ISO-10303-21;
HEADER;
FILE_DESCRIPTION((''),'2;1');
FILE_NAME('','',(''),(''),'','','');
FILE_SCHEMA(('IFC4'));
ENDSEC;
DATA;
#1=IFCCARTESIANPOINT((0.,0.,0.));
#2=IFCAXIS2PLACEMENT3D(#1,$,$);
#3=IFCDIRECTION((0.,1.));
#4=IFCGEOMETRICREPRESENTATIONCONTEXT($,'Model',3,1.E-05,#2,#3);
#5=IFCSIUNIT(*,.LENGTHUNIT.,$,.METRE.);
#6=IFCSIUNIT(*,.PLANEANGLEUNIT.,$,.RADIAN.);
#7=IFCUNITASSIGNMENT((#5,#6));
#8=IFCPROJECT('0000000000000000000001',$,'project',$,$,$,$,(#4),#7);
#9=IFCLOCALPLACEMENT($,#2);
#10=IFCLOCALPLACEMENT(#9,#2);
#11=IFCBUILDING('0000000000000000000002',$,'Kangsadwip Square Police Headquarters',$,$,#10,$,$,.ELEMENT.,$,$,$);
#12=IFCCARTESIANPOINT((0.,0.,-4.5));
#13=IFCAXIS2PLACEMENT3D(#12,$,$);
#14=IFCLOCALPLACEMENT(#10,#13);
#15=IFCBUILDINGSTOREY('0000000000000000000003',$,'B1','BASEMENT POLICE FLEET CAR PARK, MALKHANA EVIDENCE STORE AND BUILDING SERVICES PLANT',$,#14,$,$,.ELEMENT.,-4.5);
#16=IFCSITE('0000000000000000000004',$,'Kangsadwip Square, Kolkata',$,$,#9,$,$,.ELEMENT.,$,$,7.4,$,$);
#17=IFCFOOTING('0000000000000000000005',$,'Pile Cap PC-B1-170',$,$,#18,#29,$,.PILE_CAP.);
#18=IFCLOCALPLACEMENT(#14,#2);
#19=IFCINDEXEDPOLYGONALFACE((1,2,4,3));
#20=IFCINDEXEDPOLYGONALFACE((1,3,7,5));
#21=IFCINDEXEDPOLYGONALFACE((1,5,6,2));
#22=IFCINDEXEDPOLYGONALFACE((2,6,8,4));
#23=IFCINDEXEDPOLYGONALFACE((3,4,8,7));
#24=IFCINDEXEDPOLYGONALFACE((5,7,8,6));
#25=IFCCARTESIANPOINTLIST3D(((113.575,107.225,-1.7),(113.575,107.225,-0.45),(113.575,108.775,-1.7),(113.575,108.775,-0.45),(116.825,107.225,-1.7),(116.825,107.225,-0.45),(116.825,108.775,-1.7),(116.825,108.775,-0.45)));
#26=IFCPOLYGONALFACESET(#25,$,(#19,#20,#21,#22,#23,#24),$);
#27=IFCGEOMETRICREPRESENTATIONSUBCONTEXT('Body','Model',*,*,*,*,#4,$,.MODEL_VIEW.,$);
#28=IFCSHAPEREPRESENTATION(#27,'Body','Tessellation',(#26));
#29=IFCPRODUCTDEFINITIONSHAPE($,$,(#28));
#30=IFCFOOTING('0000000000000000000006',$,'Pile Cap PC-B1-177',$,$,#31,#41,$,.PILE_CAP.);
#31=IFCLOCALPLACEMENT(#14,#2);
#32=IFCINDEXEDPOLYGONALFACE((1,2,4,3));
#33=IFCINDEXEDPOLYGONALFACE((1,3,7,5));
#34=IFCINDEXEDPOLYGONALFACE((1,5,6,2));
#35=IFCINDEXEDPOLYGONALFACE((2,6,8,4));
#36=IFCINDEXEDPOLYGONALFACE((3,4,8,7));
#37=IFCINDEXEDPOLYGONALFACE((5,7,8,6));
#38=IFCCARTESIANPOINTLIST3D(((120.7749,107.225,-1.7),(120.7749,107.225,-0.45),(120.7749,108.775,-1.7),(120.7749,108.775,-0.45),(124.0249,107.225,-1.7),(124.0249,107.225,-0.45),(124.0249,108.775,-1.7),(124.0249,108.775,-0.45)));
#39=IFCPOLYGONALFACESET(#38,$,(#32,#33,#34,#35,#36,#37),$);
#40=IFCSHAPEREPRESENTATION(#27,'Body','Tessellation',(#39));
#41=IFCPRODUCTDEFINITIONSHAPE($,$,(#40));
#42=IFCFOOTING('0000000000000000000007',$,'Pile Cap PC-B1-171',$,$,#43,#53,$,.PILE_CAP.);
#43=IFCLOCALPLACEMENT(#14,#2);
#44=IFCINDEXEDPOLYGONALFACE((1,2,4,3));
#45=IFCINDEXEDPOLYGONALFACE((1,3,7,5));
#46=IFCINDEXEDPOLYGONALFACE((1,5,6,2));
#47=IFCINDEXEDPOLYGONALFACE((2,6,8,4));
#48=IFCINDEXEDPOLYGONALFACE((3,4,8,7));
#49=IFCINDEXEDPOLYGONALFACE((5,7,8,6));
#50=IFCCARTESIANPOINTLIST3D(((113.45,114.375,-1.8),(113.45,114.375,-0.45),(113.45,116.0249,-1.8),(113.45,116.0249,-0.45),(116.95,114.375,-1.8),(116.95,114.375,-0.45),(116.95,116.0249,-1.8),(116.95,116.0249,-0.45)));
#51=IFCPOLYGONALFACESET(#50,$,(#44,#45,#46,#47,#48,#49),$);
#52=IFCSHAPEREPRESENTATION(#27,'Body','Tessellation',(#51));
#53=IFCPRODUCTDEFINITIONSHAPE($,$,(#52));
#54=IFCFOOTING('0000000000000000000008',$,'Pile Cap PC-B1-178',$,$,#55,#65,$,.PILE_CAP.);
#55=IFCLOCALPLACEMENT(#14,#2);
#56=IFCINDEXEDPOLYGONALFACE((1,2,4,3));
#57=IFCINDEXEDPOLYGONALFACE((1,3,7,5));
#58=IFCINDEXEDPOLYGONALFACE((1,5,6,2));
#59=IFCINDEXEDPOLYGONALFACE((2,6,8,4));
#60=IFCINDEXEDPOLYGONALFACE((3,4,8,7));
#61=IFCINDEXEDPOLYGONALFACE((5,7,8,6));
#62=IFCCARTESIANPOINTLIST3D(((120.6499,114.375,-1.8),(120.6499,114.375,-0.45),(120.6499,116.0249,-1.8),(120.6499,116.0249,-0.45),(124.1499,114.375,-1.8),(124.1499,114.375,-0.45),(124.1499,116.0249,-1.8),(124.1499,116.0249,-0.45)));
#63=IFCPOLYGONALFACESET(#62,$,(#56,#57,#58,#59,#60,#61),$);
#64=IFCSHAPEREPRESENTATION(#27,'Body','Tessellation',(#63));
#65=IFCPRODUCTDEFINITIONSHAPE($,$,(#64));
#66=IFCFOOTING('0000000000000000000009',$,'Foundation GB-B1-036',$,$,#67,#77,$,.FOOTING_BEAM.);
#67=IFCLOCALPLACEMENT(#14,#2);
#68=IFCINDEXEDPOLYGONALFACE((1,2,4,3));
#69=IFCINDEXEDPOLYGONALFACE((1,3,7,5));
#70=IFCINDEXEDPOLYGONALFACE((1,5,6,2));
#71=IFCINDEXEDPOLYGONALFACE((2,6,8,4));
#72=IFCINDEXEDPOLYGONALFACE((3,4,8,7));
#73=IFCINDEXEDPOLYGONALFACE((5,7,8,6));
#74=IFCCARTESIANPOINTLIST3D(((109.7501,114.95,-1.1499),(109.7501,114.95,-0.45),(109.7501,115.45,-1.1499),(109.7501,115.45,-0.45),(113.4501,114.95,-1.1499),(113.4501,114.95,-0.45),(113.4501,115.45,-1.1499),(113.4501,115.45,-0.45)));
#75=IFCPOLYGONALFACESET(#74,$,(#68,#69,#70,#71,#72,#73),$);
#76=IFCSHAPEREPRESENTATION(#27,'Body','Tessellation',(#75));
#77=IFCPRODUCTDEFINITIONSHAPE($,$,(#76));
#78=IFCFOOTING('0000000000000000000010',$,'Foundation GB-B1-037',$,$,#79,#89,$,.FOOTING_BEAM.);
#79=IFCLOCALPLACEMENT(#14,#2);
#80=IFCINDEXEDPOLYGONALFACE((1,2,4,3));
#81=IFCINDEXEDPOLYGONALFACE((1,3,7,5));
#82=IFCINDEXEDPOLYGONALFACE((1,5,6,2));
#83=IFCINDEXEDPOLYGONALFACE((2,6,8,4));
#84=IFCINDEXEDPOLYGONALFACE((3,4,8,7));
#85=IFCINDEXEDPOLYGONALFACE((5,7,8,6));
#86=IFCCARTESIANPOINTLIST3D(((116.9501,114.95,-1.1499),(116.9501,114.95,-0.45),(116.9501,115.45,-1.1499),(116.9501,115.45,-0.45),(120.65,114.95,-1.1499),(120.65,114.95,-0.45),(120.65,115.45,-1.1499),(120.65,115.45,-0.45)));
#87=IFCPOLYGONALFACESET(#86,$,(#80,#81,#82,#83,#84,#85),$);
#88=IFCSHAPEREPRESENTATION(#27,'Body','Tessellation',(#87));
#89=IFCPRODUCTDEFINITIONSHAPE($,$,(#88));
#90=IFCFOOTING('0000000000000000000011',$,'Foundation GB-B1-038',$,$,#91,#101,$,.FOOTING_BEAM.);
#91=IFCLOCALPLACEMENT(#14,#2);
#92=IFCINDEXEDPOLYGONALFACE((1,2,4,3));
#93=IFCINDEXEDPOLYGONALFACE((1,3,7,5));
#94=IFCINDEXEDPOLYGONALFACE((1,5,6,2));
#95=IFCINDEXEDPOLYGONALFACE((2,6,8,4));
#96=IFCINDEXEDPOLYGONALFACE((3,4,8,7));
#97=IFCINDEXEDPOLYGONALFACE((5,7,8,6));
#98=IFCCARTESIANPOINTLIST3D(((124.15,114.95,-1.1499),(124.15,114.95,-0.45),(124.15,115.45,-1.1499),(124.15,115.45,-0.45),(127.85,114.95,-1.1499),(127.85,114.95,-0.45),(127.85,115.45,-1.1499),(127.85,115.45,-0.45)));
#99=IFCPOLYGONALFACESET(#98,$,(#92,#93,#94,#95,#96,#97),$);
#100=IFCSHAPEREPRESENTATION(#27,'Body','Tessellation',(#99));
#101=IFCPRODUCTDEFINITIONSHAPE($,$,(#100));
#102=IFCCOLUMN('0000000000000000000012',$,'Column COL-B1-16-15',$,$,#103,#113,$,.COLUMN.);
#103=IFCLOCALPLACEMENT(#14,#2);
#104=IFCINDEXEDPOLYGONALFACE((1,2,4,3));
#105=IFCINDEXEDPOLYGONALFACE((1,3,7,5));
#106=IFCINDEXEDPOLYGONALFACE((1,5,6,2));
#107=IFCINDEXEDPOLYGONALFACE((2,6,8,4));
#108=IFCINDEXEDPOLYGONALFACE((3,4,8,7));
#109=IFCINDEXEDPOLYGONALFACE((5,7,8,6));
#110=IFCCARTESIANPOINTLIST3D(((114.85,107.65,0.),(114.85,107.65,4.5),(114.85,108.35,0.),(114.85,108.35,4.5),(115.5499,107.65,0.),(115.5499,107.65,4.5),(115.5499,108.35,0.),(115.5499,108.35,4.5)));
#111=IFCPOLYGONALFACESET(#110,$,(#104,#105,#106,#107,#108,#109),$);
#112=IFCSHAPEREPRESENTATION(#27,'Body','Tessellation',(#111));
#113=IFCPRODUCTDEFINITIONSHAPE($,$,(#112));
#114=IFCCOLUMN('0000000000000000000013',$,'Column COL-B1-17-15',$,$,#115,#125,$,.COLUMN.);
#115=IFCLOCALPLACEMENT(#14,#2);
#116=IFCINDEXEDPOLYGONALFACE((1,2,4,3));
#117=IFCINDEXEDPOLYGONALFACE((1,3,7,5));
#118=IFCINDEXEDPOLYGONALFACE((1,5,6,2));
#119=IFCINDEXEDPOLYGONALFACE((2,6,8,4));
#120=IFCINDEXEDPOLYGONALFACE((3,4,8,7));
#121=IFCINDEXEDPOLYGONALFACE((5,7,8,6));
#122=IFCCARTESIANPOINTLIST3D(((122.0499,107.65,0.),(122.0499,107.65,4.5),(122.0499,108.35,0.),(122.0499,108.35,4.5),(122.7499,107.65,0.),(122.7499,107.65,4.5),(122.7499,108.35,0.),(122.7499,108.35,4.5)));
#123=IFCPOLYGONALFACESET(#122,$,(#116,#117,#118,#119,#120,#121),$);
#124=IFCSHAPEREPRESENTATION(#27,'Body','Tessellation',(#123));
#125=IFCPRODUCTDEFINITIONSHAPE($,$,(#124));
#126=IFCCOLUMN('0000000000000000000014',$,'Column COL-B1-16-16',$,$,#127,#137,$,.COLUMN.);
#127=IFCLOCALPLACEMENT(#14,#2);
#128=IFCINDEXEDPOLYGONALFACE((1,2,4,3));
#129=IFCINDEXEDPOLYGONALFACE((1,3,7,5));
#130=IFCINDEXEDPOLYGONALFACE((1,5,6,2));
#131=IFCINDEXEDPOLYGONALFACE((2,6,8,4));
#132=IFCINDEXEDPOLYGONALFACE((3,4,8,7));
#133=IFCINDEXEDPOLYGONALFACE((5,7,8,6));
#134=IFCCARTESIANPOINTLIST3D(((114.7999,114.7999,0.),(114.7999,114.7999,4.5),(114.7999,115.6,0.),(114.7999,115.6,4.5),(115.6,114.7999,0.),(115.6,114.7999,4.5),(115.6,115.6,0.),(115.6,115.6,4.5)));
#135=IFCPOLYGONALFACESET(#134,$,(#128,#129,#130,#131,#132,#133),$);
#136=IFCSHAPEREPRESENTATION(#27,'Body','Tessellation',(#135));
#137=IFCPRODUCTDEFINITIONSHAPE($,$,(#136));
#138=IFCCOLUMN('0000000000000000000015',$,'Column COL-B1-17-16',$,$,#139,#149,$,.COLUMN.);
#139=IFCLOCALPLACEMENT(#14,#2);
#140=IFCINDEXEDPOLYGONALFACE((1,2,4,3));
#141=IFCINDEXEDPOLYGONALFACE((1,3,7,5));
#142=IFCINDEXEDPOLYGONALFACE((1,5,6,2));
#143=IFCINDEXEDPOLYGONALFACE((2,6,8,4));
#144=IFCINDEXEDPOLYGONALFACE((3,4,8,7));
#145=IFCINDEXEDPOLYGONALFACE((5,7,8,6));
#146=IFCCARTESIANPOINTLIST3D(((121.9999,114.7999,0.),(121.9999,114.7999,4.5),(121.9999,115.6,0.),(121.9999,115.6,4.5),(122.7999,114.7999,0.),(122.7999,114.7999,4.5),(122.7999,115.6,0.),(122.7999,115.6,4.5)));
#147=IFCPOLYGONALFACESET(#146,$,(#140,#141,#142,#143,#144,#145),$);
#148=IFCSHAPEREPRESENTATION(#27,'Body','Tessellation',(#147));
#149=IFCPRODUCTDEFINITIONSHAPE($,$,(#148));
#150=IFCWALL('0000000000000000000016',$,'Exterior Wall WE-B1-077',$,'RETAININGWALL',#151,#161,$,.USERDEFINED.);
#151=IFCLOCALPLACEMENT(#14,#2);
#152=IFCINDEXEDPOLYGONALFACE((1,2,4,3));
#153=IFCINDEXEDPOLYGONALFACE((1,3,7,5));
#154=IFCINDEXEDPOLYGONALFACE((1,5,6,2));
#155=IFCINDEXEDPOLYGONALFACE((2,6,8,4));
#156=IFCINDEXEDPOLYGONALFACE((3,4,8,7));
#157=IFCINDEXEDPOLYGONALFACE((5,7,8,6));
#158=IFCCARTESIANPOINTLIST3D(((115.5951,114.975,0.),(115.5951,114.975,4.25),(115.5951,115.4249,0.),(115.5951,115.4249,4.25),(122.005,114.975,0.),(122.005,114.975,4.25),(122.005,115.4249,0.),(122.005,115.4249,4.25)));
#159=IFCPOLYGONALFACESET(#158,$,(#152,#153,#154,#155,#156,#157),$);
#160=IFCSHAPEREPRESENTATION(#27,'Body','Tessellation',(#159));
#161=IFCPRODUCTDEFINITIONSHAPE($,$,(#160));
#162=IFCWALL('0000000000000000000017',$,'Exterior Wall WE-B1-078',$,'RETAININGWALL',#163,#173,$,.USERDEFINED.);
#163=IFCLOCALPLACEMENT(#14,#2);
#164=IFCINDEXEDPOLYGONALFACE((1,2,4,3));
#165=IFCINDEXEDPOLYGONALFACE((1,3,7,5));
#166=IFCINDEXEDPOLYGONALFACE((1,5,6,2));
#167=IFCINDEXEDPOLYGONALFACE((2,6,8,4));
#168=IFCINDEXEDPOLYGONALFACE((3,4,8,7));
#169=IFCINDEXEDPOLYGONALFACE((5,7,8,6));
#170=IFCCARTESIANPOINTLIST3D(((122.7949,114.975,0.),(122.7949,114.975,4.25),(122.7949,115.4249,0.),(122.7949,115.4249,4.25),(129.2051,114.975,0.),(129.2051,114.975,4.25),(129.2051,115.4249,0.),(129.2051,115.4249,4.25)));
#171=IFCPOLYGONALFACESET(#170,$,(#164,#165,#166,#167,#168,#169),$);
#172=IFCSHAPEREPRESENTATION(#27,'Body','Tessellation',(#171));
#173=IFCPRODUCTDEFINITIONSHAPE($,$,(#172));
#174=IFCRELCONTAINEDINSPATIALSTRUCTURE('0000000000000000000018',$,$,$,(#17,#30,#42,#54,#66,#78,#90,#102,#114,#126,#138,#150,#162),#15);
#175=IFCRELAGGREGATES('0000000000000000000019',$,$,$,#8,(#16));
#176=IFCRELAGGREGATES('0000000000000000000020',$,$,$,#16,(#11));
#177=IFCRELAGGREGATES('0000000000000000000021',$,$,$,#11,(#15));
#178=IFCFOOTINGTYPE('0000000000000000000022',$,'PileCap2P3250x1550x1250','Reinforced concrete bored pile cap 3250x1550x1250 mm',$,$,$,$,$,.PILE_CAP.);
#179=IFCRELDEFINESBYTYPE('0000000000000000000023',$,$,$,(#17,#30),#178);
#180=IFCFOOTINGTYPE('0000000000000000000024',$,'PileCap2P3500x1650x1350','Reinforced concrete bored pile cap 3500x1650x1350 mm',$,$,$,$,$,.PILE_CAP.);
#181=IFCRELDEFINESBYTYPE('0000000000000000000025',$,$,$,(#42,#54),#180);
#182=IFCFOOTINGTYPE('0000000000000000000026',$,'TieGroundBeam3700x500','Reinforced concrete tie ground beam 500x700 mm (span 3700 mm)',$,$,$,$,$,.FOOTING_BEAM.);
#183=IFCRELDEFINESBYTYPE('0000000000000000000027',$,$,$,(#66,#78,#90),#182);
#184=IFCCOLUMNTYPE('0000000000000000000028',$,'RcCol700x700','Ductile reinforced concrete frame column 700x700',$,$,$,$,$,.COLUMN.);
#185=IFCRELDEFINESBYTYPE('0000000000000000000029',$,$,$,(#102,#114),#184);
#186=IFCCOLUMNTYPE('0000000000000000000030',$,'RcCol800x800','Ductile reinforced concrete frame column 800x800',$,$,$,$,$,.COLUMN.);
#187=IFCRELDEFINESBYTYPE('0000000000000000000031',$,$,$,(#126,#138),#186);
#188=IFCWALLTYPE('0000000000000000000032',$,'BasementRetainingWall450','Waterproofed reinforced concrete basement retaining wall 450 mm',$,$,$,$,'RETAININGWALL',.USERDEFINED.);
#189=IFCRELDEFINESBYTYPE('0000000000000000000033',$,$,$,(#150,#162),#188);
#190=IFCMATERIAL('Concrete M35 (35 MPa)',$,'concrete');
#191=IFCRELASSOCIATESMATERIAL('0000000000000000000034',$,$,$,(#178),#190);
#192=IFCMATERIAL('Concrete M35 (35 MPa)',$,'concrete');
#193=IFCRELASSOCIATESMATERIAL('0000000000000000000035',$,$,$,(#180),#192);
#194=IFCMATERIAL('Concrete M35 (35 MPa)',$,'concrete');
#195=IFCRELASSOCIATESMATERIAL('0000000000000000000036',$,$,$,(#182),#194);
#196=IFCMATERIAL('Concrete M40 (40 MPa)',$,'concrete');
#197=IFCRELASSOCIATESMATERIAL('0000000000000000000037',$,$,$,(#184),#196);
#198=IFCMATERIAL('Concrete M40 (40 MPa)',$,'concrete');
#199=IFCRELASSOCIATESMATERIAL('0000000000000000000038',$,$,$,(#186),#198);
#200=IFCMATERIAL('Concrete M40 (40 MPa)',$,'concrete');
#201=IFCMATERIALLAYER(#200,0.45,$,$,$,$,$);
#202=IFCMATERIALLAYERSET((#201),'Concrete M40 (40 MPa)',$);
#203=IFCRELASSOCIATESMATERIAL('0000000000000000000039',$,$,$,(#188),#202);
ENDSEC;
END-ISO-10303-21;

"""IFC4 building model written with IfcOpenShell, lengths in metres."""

from ifc_helpers import new_model, si_unit, direction, frame, frame_2d, origin, origin_2d, place, context, subcontext, project, spatial, rectangle, extrude, material, layer, layer_set, material_profile, profile_set, type_object, element, save


model = new_model("IFC4")

# Units and contexts
model_context = context("Model", 3, precision=1e-05, world=origin(), true_north=direction((0.0, 1.0)))
body_context = subcontext(model_context, "Body", "Model", "MODEL_VIEW")
ifc_project = project(units=[si_unit("LENGTHUNIT", "METRE"), si_unit("PLANEANGLEUNIT", "RADIAN")], contexts=[model_context])

# Site, building, storey
site_placement = place(None, origin())
site = spatial("IfcSite", under=ifc_project, at=site_placement, Name="Kangsadwip Square, Kolkata", CompositionType="ELEMENT", RefElevation=7.4)
building_placement = place(site_placement, origin())
building = spatial("IfcBuilding", under=site, at=building_placement, Name="Kangsadwip Square Police Headquarters", CompositionType="ELEMENT")
storey_placement = place(building_placement, frame((0.0, 0.0, -4.5)))
storey = spatial("IfcBuildingStorey", under=building, at=storey_placement, Name="B1", Description="BASEMENT POLICE FLEET CAR PARK, MALKHANA EVIDENCE STORE AND BUILDING SERVICES PLANT", CompositionType="ELEMENT", Elevation=-4.5)

# Footings
ifc_material_1 = material(Name="Concrete M35 (35 MPa)", Category="concrete")
footing_type_1 = type_object("IfcFootingType", Name="PileCap2P3250x1550x1250", Description="Reinforced concrete bored pile cap 3250x1550x1250 mm", PredefinedType="PILE_CAP", material=ifc_material_1)
for number, where, z_axis, x_axis, name in (
    (1, (115.2, 108.0, -1.7), (0.0, 0.0, 1.0), (1.0, 0.0, 0.0), "Pile Cap PC-B1-170"),
    (2, (122.3999, 108.0, -1.7), (0.0, 0.0, 1.0), (1.0, 0.0, 0.0), "Pile Cap PC-B1-177"),
):
    element("IfcFooting", number, at=place(storey_placement, frame(where, z_axis=z_axis, x_axis=x_axis)), inside=storey, type_object=footing_type_1, Name=name, PredefinedType="PILE_CAP", context=body_context, shape_type="SweptSolid", body=[
        extrude(rectangle(XDim=3.25, YDim=1.55, at=origin_2d()), origin(), (0.0, 0.0, 1.0), 1.25),
    ])
ifc_material_2 = material(Name="Concrete M35 (35 MPa)", Category="concrete")
footing_type_2 = type_object("IfcFootingType", Name="PileCap2P3500x1650x1350", Description="Reinforced concrete bored pile cap 3500x1650x1350 mm", PredefinedType="PILE_CAP", material=ifc_material_2)
for number, where, z_axis, x_axis, name in (
    (3, (115.2, 115.2, -1.8), (0.0, 0.0, 1.0), (1.0, 0.0, 0.0), "Pile Cap PC-B1-171"),
    (4, (122.3999, 115.2, -1.8), (0.0, 0.0, 1.0), (1.0, 0.0, 0.0), "Pile Cap PC-B1-178"),
):
    element("IfcFooting", number, at=place(storey_placement, frame(where, z_axis=z_axis, x_axis=x_axis)), inside=storey, type_object=footing_type_2, Name=name, PredefinedType="PILE_CAP", context=body_context, shape_type="SweptSolid", body=[
        extrude(rectangle(XDim=3.5, YDim=1.6499, at=origin_2d()), origin(), (0.0, 0.0, 1.0), 1.3501),
    ])
ifc_material_3 = material(Name="Concrete M35 (35 MPa)", Category="concrete")
footing_type_3 = type_object("IfcFootingType", Name="TieGroundBeam3700x500", Description="Reinforced concrete tie ground beam 500x700 mm (span 3700 mm)", PredefinedType="FOOTING_BEAM", material=ifc_material_3)
for number, where, z_axis, x_axis, name in (
    (5, (111.6001, 115.2, -1.1499), (0.0, 0.0, 1.0), (1.0, 0.0, 0.0), "Foundation GB-B1-036"),
    (6, (118.8, 115.2, -1.1499), (0.0, 0.0, 1.0), (1.0, 0.0, 0.0), "Foundation GB-B1-037"),
    (7, (126.0, 115.2, -1.1499), (0.0, 0.0, 1.0), (1.0, 0.0, 0.0), "Foundation GB-B1-038"),
):
    element("IfcFooting", number, at=place(storey_placement, frame(where, z_axis=z_axis, x_axis=x_axis)), inside=storey, type_object=footing_type_3, Name=name, PredefinedType="FOOTING_BEAM", context=body_context, shape_type="SweptSolid", body=[
        extrude(rectangle(XDim=3.7, YDim=0.5, at=origin_2d()), origin(), (0.0, 0.0, 1.0), 0.7),
    ])

# Columns
ifc_material_4 = material(Name="Concrete M40 (40 MPa)", Category="concrete")
ifc_material_profile_1 = material_profile(ifc_material_4, rectangle(XDim=0.7, YDim=0.7, at=origin_2d()), Name="RC COL 700X700")
ifc_profile_set_1 = profile_set([ifc_material_profile_1], Name="Concrete M40 (40 MPa)")
column_type_1 = type_object("IfcColumnType", Name="RcCol700x700", Description="Ductile reinforced concrete frame column 700x700", PredefinedType="COLUMN", material=ifc_profile_set_1)
for number, where, z_axis, x_axis, name in (
    (8, (115.2, 108.0, 0.0), (0.0, 0.0, 1.0), (1.0, 0.0, 0.0), "Column COL-B1-16-15"),
    (9, (122.3999, 108.0, 0.0), (0.0, 0.0, 1.0), (1.0, 0.0, 0.0), "Column COL-B1-17-15"),
):
    element("IfcColumn", number, at=place(storey_placement, frame(where, z_axis=z_axis, x_axis=x_axis)), inside=storey, type_object=column_type_1, Name=name, PredefinedType="COLUMN", context=body_context, shape_type="SweptSolid", body=[
        extrude(rectangle(XDim=0.7, YDim=0.7, at=origin_2d()), origin(), (0.0, 0.0, 1.0), 4.5),
    ])
ifc_material_5 = material(Name="Concrete M40 (40 MPa)", Category="concrete")
ifc_material_profile_2 = material_profile(ifc_material_5, rectangle(XDim=0.8, YDim=0.8, at=origin_2d()), Name="RC COL 800X800")
ifc_profile_set_2 = profile_set([ifc_material_profile_2], Name="Concrete M40 (40 MPa)")
column_type_2 = type_object("IfcColumnType", Name="RcCol800x800", Description="Ductile reinforced concrete frame column 800x800", PredefinedType="COLUMN", material=ifc_profile_set_2)
for number, where, z_axis, x_axis, name in (
    (10, (115.2, 115.2, 0.0), (0.0, 0.0, 1.0), (1.0, 0.0, 0.0), "Column COL-B1-16-16"),
    (11, (122.3999, 115.2, 0.0), (0.0, 0.0, 1.0), (1.0, 0.0, 0.0), "Column COL-B1-17-16"),
):
    element("IfcColumn", number, at=place(storey_placement, frame(where, z_axis=z_axis, x_axis=x_axis)), inside=storey, type_object=column_type_2, Name=name, PredefinedType="COLUMN", context=body_context, shape_type="SweptSolid", body=[
        extrude(rectangle(XDim=0.8, YDim=0.8, at=origin_2d()), origin(), (0.0, 0.0, 1.0), 4.5),
    ])

# Walls
ifc_material_6 = material(Name="Concrete M40 (40 MPa)", Category="concrete")
ifc_layer = layer(ifc_material_6, 0.45)
ifc_layer_set = layer_set([ifc_layer], Name="Concrete M40 (40 MPa)")
wall_type = type_object("IfcWallType", Name="BasementRetainingWall450", Description="Waterproofed reinforced concrete basement retaining wall 450 mm", ElementType="RETAININGWALL", PredefinedType="USERDEFINED", material=ifc_layer_set)
wall_1_placement = place(storey_placement, frame((115.595, 115.2, 0.0), z_axis=(0.0, 0.0, 1.0), x_axis=(1.0, 0.0, 0.0)))
element("IfcWall", 12, at=wall_1_placement, inside=storey, type_object=wall_type, Name="Exterior Wall WE-B1-077", ObjectType="RETAININGWALL", PredefinedType="USERDEFINED", context=body_context, shape_type="SweptSolid", body=[
    extrude(rectangle(XDim=6.4099, YDim=0.45, at=frame_2d((3.2051, 0.0))), origin(), (0.0, 0.0, 1.0), 4.25),
])
wall_2_placement = place(storey_placement, frame((122.7949, 115.2, 0.0), z_axis=(0.0, 0.0, 1.0), x_axis=(1.0, 0.0, 0.0)))
element("IfcWall", 13, at=wall_2_placement, inside=storey, type_object=wall_type, Name="Exterior Wall WE-B1-078", ObjectType="RETAININGWALL", PredefinedType="USERDEFINED", context=body_context, shape_type="SweptSolid", body=[
    extrude(rectangle(XDim=6.4102, YDim=0.45, at=frame_2d((3.2051, 0.0))), origin(), (0.0, 0.0, 1.0), 4.25),
])

save(model, "model.ifc")
